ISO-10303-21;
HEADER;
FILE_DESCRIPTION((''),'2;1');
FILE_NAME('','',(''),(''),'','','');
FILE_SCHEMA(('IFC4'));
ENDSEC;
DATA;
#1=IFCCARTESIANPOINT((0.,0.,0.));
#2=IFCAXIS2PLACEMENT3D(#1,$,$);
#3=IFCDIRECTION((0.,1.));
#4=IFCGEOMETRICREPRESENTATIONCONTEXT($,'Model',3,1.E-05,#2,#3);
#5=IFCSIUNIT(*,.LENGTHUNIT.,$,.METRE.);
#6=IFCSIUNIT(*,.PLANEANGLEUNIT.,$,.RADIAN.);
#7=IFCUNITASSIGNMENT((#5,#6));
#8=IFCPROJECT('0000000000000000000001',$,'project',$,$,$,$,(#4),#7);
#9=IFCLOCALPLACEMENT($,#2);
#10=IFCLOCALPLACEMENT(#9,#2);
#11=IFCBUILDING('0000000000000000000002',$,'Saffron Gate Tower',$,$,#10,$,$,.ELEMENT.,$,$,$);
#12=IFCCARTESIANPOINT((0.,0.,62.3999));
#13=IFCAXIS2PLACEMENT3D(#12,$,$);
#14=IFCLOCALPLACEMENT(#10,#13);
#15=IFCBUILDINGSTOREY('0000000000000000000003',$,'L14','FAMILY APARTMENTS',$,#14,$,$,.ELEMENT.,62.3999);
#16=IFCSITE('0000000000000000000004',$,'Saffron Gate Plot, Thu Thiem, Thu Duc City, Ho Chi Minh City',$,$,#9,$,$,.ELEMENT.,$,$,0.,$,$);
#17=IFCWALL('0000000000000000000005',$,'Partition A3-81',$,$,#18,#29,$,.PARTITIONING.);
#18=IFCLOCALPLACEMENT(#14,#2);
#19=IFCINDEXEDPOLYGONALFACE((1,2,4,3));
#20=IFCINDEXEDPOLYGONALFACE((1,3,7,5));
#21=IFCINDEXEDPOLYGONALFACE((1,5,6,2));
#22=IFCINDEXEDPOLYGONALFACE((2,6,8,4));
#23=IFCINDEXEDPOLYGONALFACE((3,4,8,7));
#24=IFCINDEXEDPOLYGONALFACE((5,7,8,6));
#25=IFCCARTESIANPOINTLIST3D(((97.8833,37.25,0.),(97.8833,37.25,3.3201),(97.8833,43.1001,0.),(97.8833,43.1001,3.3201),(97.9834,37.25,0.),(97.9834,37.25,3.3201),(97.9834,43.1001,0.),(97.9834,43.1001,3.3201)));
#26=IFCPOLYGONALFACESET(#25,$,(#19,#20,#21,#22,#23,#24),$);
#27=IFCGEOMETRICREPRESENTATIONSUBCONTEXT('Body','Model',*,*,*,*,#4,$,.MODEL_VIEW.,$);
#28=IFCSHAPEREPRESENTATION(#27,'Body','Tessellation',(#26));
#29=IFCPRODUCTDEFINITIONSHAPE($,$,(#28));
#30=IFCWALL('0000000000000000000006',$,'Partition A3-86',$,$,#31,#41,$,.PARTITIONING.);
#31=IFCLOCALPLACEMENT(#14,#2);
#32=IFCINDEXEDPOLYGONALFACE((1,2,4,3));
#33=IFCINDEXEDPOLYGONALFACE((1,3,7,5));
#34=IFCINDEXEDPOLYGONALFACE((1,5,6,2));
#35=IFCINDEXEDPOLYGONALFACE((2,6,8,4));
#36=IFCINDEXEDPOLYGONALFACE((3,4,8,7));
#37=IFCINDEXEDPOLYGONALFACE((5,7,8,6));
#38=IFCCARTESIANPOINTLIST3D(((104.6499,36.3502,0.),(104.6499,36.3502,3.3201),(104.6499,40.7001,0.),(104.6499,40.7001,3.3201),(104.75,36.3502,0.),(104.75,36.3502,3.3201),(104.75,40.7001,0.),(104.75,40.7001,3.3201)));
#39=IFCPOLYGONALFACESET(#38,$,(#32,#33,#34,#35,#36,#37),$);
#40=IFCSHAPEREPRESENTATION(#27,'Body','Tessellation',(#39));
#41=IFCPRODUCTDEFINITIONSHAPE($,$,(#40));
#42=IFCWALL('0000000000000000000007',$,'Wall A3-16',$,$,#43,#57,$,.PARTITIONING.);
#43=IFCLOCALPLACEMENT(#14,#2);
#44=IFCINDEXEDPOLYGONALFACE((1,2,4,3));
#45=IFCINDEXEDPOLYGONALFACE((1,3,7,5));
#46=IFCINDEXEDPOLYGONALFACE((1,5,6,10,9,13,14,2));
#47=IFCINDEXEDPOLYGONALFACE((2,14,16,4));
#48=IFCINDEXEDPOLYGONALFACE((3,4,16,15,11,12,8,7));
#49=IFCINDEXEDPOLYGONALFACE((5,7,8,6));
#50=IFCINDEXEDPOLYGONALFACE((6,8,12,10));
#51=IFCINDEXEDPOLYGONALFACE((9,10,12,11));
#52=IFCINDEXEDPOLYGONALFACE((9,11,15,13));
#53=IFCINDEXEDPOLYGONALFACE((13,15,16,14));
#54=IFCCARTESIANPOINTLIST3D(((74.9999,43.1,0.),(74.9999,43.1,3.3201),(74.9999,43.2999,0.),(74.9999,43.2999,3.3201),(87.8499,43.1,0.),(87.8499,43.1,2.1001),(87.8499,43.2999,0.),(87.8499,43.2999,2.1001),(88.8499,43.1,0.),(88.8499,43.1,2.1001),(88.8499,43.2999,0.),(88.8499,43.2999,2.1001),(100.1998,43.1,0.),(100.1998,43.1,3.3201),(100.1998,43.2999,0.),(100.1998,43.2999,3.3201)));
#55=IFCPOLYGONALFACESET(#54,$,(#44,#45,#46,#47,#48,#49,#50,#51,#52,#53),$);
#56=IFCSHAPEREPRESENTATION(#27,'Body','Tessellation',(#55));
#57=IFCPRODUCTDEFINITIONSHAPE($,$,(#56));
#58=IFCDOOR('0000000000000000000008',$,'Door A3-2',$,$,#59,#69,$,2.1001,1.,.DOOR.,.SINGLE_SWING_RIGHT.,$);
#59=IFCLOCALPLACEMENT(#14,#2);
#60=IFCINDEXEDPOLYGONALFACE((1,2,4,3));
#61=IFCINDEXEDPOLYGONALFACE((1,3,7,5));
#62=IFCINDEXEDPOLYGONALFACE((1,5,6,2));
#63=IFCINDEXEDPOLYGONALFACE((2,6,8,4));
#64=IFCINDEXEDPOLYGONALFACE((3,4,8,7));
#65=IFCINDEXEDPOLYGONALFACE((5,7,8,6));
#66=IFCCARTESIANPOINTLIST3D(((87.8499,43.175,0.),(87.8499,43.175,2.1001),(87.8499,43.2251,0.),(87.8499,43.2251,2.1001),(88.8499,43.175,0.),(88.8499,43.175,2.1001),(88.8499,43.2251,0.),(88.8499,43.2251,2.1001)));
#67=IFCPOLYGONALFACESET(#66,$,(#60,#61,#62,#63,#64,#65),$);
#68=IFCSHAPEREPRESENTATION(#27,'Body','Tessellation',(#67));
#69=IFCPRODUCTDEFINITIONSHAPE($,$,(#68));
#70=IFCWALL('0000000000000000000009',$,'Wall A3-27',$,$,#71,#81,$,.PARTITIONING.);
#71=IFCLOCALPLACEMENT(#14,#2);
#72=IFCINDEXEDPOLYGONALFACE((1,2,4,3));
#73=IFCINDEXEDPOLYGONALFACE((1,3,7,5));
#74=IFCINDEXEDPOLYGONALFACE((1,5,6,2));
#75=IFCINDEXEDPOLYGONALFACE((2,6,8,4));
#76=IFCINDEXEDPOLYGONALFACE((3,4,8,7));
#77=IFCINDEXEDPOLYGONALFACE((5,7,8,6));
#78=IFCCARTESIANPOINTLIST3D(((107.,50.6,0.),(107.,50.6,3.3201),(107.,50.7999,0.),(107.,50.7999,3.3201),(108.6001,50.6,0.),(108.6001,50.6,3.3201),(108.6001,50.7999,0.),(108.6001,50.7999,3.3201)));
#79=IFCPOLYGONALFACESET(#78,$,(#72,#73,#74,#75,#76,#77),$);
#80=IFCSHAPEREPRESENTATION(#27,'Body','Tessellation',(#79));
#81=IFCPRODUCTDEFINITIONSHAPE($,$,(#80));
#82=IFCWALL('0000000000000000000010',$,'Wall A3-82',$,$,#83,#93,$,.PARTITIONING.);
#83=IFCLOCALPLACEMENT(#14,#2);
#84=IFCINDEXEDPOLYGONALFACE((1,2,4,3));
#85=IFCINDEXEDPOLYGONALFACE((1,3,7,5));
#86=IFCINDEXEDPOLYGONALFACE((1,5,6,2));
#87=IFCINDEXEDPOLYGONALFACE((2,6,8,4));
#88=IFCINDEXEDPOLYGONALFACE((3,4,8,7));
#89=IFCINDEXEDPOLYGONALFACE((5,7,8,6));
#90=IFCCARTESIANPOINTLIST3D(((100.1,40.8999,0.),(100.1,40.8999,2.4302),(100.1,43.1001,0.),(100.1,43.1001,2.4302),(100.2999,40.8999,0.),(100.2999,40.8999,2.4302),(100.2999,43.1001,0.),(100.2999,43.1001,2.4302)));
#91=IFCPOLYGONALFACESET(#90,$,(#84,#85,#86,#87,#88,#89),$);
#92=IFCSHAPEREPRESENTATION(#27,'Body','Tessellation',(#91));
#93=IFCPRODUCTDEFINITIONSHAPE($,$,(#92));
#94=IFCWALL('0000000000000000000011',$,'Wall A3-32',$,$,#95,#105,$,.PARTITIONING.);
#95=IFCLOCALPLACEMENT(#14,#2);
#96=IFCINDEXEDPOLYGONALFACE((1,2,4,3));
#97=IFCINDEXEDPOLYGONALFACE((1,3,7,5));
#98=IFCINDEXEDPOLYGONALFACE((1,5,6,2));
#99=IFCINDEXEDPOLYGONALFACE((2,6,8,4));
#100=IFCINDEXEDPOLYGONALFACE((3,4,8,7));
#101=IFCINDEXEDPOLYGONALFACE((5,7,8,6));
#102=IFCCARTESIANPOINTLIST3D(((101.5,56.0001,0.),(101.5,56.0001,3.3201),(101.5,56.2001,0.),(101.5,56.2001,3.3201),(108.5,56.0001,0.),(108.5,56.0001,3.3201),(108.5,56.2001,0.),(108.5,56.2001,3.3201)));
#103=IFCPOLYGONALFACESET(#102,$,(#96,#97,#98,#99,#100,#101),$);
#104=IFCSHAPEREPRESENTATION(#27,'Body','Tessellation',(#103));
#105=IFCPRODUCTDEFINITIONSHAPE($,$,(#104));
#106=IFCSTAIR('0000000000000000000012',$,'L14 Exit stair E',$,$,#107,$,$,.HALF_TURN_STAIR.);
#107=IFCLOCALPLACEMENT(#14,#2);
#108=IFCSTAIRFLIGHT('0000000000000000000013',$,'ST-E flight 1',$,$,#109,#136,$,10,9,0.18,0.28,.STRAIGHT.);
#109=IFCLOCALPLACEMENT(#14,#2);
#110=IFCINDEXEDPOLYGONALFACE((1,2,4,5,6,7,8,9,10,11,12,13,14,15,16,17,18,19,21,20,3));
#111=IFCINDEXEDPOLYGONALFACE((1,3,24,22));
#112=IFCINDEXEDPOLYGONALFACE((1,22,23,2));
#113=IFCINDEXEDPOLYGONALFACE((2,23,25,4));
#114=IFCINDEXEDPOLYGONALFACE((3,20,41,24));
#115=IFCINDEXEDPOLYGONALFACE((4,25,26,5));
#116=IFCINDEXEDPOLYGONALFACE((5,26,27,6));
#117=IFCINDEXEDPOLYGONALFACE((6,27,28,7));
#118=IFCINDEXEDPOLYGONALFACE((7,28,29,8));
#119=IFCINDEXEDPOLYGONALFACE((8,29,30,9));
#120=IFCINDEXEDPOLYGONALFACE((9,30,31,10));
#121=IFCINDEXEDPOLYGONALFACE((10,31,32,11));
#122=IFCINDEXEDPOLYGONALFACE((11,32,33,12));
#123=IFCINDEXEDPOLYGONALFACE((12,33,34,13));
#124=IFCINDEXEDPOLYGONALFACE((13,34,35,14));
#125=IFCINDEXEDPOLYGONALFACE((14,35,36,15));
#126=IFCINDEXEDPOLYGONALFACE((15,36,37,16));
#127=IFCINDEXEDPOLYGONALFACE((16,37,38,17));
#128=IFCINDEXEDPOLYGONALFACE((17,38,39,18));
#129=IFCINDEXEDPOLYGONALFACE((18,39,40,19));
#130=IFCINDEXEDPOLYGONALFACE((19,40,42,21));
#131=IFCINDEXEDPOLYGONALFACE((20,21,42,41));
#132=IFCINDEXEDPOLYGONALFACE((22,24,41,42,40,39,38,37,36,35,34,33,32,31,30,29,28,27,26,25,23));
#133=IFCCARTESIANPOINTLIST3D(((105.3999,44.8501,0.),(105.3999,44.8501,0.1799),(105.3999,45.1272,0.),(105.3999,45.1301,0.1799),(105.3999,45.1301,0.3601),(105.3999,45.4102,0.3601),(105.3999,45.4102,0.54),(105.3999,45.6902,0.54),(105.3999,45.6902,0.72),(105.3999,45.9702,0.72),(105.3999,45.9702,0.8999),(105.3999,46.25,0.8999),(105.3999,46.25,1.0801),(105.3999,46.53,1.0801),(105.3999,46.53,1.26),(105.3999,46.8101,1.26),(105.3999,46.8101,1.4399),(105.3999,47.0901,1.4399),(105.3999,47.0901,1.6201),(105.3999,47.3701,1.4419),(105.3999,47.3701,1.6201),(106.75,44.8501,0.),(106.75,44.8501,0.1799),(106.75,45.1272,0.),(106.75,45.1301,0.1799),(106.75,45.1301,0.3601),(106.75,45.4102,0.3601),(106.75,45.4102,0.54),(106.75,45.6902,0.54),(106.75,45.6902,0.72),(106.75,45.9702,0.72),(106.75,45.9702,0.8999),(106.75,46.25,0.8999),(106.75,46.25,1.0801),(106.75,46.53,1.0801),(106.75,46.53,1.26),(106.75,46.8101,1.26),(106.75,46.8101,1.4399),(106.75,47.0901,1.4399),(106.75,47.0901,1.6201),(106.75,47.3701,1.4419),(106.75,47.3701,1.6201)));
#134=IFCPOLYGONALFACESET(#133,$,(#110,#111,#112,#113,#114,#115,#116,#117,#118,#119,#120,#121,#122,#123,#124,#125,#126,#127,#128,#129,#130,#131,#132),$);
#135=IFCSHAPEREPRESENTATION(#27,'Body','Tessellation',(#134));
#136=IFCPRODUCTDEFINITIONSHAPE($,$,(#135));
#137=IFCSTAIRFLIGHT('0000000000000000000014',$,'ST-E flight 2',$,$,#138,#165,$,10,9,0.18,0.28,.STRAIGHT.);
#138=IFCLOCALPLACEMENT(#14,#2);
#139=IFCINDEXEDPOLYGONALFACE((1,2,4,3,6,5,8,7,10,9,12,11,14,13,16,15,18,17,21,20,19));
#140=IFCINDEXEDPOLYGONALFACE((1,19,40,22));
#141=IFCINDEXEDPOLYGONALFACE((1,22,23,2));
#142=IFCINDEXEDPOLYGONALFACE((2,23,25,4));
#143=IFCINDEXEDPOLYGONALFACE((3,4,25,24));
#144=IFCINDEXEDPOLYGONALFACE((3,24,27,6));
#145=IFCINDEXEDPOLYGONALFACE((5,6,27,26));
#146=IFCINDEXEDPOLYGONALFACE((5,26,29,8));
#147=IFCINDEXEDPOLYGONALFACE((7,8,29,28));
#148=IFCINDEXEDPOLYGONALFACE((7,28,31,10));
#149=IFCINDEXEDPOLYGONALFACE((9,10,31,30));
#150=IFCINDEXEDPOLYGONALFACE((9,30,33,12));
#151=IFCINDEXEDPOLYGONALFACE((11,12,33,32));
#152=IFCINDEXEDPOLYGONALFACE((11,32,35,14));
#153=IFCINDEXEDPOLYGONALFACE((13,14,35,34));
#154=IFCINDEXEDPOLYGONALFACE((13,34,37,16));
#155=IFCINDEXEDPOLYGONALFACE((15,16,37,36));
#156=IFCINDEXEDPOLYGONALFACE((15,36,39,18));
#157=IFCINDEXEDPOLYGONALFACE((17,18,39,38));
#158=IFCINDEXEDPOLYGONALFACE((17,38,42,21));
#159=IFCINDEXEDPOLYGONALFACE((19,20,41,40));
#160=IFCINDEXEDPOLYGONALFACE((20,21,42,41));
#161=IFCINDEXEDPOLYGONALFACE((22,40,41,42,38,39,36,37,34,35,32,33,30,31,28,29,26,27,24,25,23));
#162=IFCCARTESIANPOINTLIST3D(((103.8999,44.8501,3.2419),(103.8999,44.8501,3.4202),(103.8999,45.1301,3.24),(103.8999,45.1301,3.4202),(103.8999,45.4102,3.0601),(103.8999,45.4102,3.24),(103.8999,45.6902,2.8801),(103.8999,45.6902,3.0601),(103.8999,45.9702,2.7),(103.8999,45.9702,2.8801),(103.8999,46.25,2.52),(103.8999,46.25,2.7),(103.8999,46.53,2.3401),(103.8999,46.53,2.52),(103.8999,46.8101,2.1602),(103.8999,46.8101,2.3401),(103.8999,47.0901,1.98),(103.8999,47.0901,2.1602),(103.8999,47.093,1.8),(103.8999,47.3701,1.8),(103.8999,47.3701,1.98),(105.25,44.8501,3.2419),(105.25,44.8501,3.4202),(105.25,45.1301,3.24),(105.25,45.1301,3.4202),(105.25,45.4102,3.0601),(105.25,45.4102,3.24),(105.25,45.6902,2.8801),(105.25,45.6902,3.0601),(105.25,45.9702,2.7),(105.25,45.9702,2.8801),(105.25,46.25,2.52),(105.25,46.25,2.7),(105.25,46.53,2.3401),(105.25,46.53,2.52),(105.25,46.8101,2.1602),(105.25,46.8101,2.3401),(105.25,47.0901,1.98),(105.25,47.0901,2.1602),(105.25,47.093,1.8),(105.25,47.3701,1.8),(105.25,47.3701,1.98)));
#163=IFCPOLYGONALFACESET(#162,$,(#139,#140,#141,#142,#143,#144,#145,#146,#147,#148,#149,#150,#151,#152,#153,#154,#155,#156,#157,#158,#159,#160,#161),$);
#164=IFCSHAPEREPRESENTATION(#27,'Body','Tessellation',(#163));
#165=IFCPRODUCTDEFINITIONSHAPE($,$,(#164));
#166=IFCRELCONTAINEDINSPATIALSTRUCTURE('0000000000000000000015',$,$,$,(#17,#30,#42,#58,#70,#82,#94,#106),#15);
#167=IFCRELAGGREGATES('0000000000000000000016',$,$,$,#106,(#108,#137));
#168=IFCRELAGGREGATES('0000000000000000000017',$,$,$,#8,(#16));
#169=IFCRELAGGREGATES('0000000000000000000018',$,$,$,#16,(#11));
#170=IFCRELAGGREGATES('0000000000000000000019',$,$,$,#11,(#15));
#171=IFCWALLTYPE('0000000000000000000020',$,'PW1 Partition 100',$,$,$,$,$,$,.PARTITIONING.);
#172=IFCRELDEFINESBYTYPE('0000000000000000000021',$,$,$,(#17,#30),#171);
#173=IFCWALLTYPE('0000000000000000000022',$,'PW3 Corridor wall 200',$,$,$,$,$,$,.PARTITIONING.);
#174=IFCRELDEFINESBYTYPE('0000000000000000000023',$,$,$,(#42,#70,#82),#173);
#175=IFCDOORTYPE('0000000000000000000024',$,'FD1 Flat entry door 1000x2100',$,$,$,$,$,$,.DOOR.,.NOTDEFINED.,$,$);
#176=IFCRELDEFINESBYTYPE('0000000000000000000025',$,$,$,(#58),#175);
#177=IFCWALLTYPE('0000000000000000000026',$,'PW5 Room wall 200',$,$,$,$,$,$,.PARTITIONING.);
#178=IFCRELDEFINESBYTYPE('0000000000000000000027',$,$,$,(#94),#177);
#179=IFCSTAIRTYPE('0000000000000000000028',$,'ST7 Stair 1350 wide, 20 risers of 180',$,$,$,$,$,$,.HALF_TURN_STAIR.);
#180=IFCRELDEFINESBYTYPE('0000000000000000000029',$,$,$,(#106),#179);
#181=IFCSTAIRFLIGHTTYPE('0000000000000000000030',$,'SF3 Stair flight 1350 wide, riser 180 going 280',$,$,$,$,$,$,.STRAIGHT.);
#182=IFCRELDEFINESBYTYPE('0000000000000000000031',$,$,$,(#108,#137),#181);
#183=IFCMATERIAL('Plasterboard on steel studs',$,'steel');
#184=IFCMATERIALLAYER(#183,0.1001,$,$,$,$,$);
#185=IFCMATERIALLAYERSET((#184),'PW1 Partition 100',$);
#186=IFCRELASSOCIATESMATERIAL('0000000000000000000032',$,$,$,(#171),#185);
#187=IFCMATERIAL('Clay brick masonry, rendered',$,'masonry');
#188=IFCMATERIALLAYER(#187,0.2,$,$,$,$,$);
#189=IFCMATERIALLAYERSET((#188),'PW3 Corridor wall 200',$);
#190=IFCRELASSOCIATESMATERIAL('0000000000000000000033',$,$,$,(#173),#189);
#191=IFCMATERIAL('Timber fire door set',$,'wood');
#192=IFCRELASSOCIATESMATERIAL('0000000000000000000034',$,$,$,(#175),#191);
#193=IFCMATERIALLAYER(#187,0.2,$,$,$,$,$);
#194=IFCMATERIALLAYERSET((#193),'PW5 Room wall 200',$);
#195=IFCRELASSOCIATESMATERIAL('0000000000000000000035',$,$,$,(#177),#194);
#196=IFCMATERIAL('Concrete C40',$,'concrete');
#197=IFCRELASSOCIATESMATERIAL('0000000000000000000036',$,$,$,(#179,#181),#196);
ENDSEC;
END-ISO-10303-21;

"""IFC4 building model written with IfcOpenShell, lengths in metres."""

from ifc_helpers import new_model, si_unit, direction, frame, frame_2d, origin, place, context, subcontext, project, spatial, polyline, rectangle, outline, extrude, material, layer, layer_set, type_object, element, fill, aggregate, save


model = new_model("IFC4")

# Units and contexts
model_context = context("Model", 3, precision=1e-05, world=origin(), true_north=direction((0.0, 1.0)))
body_context = subcontext(model_context, "Body", "Model", "MODEL_VIEW")
ifc_project = project(units=[si_unit("LENGTHUNIT", "METRE"), si_unit("PLANEANGLEUNIT", "RADIAN")], contexts=[model_context])

# Site, building, storey
site_placement = place(None, origin())
site = spatial("IfcSite", under=ifc_project, at=site_placement, Name="Saffron Gate Plot, Thu Thiem, Thu Duc City, Ho Chi Minh City", CompositionType="ELEMENT", RefElevation=0.0)
building_placement = place(site_placement, origin())
building = spatial("IfcBuilding", under=site, at=building_placement, Name="Saffron Gate Tower", CompositionType="ELEMENT")
storey_placement = place(building_placement, frame((0.0, 0.0, 62.3999)))
storey = spatial("IfcBuildingStorey", under=building, at=storey_placement, Name="L14", Description="FAMILY APARTMENTS", CompositionType="ELEMENT", Elevation=62.3999)

# Shared definitions
ifc_material_1 = material(Name="Plasterboard on steel studs", Category="steel")
ifc_layer_1 = layer(ifc_material_1, 0.1001)
ifc_layer_set_1 = layer_set([ifc_layer_1], Name="PW1 Partition 100")
wall_type_1 = type_object("IfcWallType", Name="PW1 Partition 100", PredefinedType="PARTITIONING", material=ifc_layer_set_1)

# Walls
for number, where, z_axis, x_axis, name in (
    (1, (97.9333, 43.1001, 0.0), (0.0, 0.0, 1.0), (0.0, -1.0, 0.0), "Partition A3-81"),
):
    element("IfcWall", number, at=place(storey_placement, frame(where, z_axis=z_axis, x_axis=x_axis)), inside=storey, type_object=wall_type_1, Name=name, PredefinedType="PARTITIONING", context=body_context, shape_type="SweptSolid", body=[
        extrude(rectangle(XDim=5.8501, YDim=0.1001, at=frame_2d((2.925, 0.0))), origin(), (0.0, 0.0, 1.0), 3.3201),
    ])
wall_1_placement = place(storey_placement, frame((104.7, 40.7, 0.0), z_axis=(0.0, 0.0, 1.0), x_axis=(0.0, -1.0, 0.0)))
element("IfcWall", 2, at=wall_1_placement, inside=storey, type_object=wall_type_1, Name="Partition A3-86", PredefinedType="PARTITIONING", context=body_context, shape_type="SweptSolid", body=[
    extrude(rectangle(XDim=4.3499, YDim=0.1001, at=frame_2d((2.1748, 0.0))), origin(), (0.0, 0.0, 1.0), 3.3201),
])

# Wall, opening, door
ifc_material_2 = material(Name="Clay brick masonry, rendered", Category="masonry")
ifc_layer_2 = layer(ifc_material_2, 0.2)
ifc_layer_set_2 = layer_set([ifc_layer_2], Name="PW3 Corridor wall 200")
wall_type_2 = type_object("IfcWallType", Name="PW3 Corridor wall 200", PredefinedType="PARTITIONING", material=ifc_layer_set_2)
wall_2_placement = place(storey_placement, frame((100.2, 43.2, 0.0), z_axis=(0.0, 0.0, 1.0), x_axis=(-1.0, 0.0, 0.0)))
wall_2 = element("IfcWall", 3, at=wall_2_placement, inside=storey, type_object=wall_type_2, Name="Wall A3-16", PredefinedType="PARTITIONING", context=body_context, shape_type="SweptSolid", body=[
    extrude(rectangle(XDim=25.2, YDim=0.2, at=frame_2d((12.6001, 0.0))), origin(), (0.0, 0.0, 1.0), 3.3201),
])
opening_1_placement = place(wall_2_placement, frame((11.3501, 0.0, 0.0)))
opening_1 = element("IfcOpeningElement", 4, at=opening_1_placement, cuts=wall_2, PredefinedType="OPENING", context=body_context, shape_type="SweptSolid", body=[
    extrude(rectangle(XDim=1.0, YDim=2.1001, at=frame_2d((0.5, 1.05))), frame((0.0, 0.1099, 0.0), z_axis=(0.0, -1.0, 0.0), x_axis=(1.0, 0.0, 0.0)), (0.0, 0.0, 1.0), 0.22),
])
ifc_material_3 = material(Name="Timber fire door set", Category="wood")
door_type_1 = type_object("IfcDoorType", Name="FD1 Flat entry door 1000x2100", OperationType="NOTDEFINED", PredefinedType="DOOR", material=ifc_material_3)
door_1_placement = place(opening_1_placement, origin())
door_1 = element("IfcDoor", 5, at=door_1_placement, inside=storey, type_object=door_type_1, Name="Door A3-2", OperationType="SINGLE_SWING_RIGHT", OverallHeight=2.1001, OverallWidth=1.0, PredefinedType="DOOR", context=body_context, shape_type="SweptSolid", body=[
    extrude(rectangle(XDim=1.0, YDim=2.1001, at=frame_2d((0.5, 1.05))), frame((0.0, 0.0249, 0.0), z_axis=(0.0, -1.0, 0.0), x_axis=(1.0, 0.0, 0.0)), (0.0, 0.0, 1.0), 0.05),
])
fill(opening_1, door_1)

# Walls
wall_3_placement = place(storey_placement, frame((107.0, 50.7, 0.0), z_axis=(0.0, 0.0, 1.0), x_axis=(1.0, 0.0, 0.0)))
element("IfcWall", 6, at=wall_3_placement, inside=storey, type_object=wall_type_2, Name="Wall A3-27", PredefinedType="PARTITIONING", context=body_context, shape_type="SweptSolid", body=[
    extrude(rectangle(XDim=1.6001, YDim=0.2, at=frame_2d((0.8, 0.0))), origin(), (0.0, 0.0, 1.0), 3.3201),
])
wall_4_placement = place(storey_placement, frame((100.2, 43.1001, 0.0), z_axis=(0.0, 0.0, 1.0), x_axis=(0.0, -1.0, 0.0)))
element("IfcWall", 7, at=wall_4_placement, inside=storey, type_object=wall_type_2, Name="Wall A3-82", PredefinedType="PARTITIONING", context=body_context, shape_type="SweptSolid", body=[
    extrude(rectangle(XDim=2.2002, YDim=0.2, at=frame_2d((1.1001, 0.0))), origin(), (0.0, 0.0, 1.0), 2.4302),
])
ifc_layer_3 = layer(ifc_material_2, 0.2)
ifc_layer_set_3 = layer_set([ifc_layer_3], Name="PW5 Room wall 200")
wall_type_3 = type_object("IfcWallType", Name="PW5 Room wall 200", PredefinedType="PARTITIONING", material=ifc_layer_set_3)
wall_5_placement = place(storey_placement, frame((101.5, 56.1001, 0.0), z_axis=(0.0, 0.0, 1.0), x_axis=(1.0, 0.0, 0.0)))
element("IfcWall", 8, at=wall_5_placement, inside=storey, type_object=wall_type_3, Name="Wall A3-32", PredefinedType="PARTITIONING", context=body_context, shape_type="SweptSolid", body=[
    extrude(rectangle(XDim=7.0, YDim=0.2, at=frame_2d((3.5, 0.0))), origin(), (0.0, 0.0, 1.0), 3.3201),
])

# Stair, stair flights
ifc_material_4 = material(Name="Concrete C40", Category="concrete")
stair_type = type_object("IfcStairType", Name="ST7 Stair 1350 wide, 20 risers of 180", PredefinedType="HALF_TURN_STAIR", material=ifc_material_4)
stair_placement = place(storey_placement, origin())
stair = element("IfcStair", 9, at=stair_placement, inside=storey, type_object=stair_type, Name="L14 Exit stair E", PredefinedType="HALF_TURN_STAIR")
stair_flight_type = type_object("IfcStairFlightType", Name="SF3 Stair flight 1350 wide, riser 180 going 280", PredefinedType="STRAIGHT", material=ifc_material_4)
stair_flight_1_placement = place(storey_placement, frame((106.075, 44.8501, 0.0), z_axis=(0.0, 0.0, 1.0), x_axis=(0.0, 1.0, 0.0)))
stair_flight_1 = element("IfcStairFlight", 10, at=stair_flight_1_placement, type_object=stair_flight_type, Name="ST-E flight 1", NumberOfRisers=10, NumberOfTreads=9, PredefinedType="STRAIGHT", RiserHeight=0.18, TreadLength=0.28, context=body_context, shape_type="SweptSolid", body=[
    extrude(outline(polyline([(0.0, 0.0), (0.0, 0.1799), (0.28, 0.1799), (0.28, 0.3601), (0.5601, 0.3601), (0.5601, 0.54), (0.8401, 0.54), (0.8401, 0.72), (1.1201, 0.72), (1.1201, 0.8999), (1.3999, 0.8999), (1.3999, 1.0801), (1.6799, 1.0801), (1.6799, 1.26), (1.96, 1.26), (1.96, 1.4399), (2.24, 1.4399), (2.24, 1.6201), (2.52, 1.6201), (2.52, 1.8), (2.52, 1.4419), (0.2771, 0.0), (0.0, 0.0)])), frame((0.0, 0.675, 0.0), z_axis=(0.0, -1.0, 0.0), x_axis=(1.0, 0.0, 0.0)), (0.0, 0.0, 1.0), 1.3501),
])
stair_flight_2_placement = place(storey_placement, frame((104.575, 47.3701, 1.8), z_axis=(0.0, 0.0, 1.0), x_axis=(0.0, -1.0, 0.0)))
stair_flight_2 = element("IfcStairFlight", 11, at=stair_flight_2_placement, type_object=stair_flight_type, Name="ST-E flight 2", NumberOfRisers=10, NumberOfTreads=9, PredefinedType="STRAIGHT", RiserHeight=0.18, TreadLength=0.28, context=body_context, shape_type="SweptSolid", body=[
    extrude(outline(polyline([(0.0, 0.0), (0.0, 0.1799), (0.28, 0.1799), (0.28, 0.3601), (0.5601, 0.3601), (0.5601, 0.54), (0.8401, 0.54), (0.8401, 0.72), (1.1201, 0.72), (1.1201, 0.8999), (1.3999, 0.8999), (1.3999, 1.0801), (1.6799, 1.0801), (1.6799, 1.26), (1.96, 1.26), (1.96, 1.4399), (2.24, 1.4399), (2.24, 1.6201), (2.52, 1.6201), (2.52, 1.8), (2.52, 1.4419), (0.2771, 0.0), (0.0, 0.0)])), frame((0.0, 0.675, 0.0), z_axis=(0.0, -1.0, 0.0), x_axis=(1.0, 0.0, 0.0)), (0.0, 0.0, 1.0), 1.3501),
])
aggregate(stair, [stair_flight_1, stair_flight_2])

save(model, "model.ifc")
